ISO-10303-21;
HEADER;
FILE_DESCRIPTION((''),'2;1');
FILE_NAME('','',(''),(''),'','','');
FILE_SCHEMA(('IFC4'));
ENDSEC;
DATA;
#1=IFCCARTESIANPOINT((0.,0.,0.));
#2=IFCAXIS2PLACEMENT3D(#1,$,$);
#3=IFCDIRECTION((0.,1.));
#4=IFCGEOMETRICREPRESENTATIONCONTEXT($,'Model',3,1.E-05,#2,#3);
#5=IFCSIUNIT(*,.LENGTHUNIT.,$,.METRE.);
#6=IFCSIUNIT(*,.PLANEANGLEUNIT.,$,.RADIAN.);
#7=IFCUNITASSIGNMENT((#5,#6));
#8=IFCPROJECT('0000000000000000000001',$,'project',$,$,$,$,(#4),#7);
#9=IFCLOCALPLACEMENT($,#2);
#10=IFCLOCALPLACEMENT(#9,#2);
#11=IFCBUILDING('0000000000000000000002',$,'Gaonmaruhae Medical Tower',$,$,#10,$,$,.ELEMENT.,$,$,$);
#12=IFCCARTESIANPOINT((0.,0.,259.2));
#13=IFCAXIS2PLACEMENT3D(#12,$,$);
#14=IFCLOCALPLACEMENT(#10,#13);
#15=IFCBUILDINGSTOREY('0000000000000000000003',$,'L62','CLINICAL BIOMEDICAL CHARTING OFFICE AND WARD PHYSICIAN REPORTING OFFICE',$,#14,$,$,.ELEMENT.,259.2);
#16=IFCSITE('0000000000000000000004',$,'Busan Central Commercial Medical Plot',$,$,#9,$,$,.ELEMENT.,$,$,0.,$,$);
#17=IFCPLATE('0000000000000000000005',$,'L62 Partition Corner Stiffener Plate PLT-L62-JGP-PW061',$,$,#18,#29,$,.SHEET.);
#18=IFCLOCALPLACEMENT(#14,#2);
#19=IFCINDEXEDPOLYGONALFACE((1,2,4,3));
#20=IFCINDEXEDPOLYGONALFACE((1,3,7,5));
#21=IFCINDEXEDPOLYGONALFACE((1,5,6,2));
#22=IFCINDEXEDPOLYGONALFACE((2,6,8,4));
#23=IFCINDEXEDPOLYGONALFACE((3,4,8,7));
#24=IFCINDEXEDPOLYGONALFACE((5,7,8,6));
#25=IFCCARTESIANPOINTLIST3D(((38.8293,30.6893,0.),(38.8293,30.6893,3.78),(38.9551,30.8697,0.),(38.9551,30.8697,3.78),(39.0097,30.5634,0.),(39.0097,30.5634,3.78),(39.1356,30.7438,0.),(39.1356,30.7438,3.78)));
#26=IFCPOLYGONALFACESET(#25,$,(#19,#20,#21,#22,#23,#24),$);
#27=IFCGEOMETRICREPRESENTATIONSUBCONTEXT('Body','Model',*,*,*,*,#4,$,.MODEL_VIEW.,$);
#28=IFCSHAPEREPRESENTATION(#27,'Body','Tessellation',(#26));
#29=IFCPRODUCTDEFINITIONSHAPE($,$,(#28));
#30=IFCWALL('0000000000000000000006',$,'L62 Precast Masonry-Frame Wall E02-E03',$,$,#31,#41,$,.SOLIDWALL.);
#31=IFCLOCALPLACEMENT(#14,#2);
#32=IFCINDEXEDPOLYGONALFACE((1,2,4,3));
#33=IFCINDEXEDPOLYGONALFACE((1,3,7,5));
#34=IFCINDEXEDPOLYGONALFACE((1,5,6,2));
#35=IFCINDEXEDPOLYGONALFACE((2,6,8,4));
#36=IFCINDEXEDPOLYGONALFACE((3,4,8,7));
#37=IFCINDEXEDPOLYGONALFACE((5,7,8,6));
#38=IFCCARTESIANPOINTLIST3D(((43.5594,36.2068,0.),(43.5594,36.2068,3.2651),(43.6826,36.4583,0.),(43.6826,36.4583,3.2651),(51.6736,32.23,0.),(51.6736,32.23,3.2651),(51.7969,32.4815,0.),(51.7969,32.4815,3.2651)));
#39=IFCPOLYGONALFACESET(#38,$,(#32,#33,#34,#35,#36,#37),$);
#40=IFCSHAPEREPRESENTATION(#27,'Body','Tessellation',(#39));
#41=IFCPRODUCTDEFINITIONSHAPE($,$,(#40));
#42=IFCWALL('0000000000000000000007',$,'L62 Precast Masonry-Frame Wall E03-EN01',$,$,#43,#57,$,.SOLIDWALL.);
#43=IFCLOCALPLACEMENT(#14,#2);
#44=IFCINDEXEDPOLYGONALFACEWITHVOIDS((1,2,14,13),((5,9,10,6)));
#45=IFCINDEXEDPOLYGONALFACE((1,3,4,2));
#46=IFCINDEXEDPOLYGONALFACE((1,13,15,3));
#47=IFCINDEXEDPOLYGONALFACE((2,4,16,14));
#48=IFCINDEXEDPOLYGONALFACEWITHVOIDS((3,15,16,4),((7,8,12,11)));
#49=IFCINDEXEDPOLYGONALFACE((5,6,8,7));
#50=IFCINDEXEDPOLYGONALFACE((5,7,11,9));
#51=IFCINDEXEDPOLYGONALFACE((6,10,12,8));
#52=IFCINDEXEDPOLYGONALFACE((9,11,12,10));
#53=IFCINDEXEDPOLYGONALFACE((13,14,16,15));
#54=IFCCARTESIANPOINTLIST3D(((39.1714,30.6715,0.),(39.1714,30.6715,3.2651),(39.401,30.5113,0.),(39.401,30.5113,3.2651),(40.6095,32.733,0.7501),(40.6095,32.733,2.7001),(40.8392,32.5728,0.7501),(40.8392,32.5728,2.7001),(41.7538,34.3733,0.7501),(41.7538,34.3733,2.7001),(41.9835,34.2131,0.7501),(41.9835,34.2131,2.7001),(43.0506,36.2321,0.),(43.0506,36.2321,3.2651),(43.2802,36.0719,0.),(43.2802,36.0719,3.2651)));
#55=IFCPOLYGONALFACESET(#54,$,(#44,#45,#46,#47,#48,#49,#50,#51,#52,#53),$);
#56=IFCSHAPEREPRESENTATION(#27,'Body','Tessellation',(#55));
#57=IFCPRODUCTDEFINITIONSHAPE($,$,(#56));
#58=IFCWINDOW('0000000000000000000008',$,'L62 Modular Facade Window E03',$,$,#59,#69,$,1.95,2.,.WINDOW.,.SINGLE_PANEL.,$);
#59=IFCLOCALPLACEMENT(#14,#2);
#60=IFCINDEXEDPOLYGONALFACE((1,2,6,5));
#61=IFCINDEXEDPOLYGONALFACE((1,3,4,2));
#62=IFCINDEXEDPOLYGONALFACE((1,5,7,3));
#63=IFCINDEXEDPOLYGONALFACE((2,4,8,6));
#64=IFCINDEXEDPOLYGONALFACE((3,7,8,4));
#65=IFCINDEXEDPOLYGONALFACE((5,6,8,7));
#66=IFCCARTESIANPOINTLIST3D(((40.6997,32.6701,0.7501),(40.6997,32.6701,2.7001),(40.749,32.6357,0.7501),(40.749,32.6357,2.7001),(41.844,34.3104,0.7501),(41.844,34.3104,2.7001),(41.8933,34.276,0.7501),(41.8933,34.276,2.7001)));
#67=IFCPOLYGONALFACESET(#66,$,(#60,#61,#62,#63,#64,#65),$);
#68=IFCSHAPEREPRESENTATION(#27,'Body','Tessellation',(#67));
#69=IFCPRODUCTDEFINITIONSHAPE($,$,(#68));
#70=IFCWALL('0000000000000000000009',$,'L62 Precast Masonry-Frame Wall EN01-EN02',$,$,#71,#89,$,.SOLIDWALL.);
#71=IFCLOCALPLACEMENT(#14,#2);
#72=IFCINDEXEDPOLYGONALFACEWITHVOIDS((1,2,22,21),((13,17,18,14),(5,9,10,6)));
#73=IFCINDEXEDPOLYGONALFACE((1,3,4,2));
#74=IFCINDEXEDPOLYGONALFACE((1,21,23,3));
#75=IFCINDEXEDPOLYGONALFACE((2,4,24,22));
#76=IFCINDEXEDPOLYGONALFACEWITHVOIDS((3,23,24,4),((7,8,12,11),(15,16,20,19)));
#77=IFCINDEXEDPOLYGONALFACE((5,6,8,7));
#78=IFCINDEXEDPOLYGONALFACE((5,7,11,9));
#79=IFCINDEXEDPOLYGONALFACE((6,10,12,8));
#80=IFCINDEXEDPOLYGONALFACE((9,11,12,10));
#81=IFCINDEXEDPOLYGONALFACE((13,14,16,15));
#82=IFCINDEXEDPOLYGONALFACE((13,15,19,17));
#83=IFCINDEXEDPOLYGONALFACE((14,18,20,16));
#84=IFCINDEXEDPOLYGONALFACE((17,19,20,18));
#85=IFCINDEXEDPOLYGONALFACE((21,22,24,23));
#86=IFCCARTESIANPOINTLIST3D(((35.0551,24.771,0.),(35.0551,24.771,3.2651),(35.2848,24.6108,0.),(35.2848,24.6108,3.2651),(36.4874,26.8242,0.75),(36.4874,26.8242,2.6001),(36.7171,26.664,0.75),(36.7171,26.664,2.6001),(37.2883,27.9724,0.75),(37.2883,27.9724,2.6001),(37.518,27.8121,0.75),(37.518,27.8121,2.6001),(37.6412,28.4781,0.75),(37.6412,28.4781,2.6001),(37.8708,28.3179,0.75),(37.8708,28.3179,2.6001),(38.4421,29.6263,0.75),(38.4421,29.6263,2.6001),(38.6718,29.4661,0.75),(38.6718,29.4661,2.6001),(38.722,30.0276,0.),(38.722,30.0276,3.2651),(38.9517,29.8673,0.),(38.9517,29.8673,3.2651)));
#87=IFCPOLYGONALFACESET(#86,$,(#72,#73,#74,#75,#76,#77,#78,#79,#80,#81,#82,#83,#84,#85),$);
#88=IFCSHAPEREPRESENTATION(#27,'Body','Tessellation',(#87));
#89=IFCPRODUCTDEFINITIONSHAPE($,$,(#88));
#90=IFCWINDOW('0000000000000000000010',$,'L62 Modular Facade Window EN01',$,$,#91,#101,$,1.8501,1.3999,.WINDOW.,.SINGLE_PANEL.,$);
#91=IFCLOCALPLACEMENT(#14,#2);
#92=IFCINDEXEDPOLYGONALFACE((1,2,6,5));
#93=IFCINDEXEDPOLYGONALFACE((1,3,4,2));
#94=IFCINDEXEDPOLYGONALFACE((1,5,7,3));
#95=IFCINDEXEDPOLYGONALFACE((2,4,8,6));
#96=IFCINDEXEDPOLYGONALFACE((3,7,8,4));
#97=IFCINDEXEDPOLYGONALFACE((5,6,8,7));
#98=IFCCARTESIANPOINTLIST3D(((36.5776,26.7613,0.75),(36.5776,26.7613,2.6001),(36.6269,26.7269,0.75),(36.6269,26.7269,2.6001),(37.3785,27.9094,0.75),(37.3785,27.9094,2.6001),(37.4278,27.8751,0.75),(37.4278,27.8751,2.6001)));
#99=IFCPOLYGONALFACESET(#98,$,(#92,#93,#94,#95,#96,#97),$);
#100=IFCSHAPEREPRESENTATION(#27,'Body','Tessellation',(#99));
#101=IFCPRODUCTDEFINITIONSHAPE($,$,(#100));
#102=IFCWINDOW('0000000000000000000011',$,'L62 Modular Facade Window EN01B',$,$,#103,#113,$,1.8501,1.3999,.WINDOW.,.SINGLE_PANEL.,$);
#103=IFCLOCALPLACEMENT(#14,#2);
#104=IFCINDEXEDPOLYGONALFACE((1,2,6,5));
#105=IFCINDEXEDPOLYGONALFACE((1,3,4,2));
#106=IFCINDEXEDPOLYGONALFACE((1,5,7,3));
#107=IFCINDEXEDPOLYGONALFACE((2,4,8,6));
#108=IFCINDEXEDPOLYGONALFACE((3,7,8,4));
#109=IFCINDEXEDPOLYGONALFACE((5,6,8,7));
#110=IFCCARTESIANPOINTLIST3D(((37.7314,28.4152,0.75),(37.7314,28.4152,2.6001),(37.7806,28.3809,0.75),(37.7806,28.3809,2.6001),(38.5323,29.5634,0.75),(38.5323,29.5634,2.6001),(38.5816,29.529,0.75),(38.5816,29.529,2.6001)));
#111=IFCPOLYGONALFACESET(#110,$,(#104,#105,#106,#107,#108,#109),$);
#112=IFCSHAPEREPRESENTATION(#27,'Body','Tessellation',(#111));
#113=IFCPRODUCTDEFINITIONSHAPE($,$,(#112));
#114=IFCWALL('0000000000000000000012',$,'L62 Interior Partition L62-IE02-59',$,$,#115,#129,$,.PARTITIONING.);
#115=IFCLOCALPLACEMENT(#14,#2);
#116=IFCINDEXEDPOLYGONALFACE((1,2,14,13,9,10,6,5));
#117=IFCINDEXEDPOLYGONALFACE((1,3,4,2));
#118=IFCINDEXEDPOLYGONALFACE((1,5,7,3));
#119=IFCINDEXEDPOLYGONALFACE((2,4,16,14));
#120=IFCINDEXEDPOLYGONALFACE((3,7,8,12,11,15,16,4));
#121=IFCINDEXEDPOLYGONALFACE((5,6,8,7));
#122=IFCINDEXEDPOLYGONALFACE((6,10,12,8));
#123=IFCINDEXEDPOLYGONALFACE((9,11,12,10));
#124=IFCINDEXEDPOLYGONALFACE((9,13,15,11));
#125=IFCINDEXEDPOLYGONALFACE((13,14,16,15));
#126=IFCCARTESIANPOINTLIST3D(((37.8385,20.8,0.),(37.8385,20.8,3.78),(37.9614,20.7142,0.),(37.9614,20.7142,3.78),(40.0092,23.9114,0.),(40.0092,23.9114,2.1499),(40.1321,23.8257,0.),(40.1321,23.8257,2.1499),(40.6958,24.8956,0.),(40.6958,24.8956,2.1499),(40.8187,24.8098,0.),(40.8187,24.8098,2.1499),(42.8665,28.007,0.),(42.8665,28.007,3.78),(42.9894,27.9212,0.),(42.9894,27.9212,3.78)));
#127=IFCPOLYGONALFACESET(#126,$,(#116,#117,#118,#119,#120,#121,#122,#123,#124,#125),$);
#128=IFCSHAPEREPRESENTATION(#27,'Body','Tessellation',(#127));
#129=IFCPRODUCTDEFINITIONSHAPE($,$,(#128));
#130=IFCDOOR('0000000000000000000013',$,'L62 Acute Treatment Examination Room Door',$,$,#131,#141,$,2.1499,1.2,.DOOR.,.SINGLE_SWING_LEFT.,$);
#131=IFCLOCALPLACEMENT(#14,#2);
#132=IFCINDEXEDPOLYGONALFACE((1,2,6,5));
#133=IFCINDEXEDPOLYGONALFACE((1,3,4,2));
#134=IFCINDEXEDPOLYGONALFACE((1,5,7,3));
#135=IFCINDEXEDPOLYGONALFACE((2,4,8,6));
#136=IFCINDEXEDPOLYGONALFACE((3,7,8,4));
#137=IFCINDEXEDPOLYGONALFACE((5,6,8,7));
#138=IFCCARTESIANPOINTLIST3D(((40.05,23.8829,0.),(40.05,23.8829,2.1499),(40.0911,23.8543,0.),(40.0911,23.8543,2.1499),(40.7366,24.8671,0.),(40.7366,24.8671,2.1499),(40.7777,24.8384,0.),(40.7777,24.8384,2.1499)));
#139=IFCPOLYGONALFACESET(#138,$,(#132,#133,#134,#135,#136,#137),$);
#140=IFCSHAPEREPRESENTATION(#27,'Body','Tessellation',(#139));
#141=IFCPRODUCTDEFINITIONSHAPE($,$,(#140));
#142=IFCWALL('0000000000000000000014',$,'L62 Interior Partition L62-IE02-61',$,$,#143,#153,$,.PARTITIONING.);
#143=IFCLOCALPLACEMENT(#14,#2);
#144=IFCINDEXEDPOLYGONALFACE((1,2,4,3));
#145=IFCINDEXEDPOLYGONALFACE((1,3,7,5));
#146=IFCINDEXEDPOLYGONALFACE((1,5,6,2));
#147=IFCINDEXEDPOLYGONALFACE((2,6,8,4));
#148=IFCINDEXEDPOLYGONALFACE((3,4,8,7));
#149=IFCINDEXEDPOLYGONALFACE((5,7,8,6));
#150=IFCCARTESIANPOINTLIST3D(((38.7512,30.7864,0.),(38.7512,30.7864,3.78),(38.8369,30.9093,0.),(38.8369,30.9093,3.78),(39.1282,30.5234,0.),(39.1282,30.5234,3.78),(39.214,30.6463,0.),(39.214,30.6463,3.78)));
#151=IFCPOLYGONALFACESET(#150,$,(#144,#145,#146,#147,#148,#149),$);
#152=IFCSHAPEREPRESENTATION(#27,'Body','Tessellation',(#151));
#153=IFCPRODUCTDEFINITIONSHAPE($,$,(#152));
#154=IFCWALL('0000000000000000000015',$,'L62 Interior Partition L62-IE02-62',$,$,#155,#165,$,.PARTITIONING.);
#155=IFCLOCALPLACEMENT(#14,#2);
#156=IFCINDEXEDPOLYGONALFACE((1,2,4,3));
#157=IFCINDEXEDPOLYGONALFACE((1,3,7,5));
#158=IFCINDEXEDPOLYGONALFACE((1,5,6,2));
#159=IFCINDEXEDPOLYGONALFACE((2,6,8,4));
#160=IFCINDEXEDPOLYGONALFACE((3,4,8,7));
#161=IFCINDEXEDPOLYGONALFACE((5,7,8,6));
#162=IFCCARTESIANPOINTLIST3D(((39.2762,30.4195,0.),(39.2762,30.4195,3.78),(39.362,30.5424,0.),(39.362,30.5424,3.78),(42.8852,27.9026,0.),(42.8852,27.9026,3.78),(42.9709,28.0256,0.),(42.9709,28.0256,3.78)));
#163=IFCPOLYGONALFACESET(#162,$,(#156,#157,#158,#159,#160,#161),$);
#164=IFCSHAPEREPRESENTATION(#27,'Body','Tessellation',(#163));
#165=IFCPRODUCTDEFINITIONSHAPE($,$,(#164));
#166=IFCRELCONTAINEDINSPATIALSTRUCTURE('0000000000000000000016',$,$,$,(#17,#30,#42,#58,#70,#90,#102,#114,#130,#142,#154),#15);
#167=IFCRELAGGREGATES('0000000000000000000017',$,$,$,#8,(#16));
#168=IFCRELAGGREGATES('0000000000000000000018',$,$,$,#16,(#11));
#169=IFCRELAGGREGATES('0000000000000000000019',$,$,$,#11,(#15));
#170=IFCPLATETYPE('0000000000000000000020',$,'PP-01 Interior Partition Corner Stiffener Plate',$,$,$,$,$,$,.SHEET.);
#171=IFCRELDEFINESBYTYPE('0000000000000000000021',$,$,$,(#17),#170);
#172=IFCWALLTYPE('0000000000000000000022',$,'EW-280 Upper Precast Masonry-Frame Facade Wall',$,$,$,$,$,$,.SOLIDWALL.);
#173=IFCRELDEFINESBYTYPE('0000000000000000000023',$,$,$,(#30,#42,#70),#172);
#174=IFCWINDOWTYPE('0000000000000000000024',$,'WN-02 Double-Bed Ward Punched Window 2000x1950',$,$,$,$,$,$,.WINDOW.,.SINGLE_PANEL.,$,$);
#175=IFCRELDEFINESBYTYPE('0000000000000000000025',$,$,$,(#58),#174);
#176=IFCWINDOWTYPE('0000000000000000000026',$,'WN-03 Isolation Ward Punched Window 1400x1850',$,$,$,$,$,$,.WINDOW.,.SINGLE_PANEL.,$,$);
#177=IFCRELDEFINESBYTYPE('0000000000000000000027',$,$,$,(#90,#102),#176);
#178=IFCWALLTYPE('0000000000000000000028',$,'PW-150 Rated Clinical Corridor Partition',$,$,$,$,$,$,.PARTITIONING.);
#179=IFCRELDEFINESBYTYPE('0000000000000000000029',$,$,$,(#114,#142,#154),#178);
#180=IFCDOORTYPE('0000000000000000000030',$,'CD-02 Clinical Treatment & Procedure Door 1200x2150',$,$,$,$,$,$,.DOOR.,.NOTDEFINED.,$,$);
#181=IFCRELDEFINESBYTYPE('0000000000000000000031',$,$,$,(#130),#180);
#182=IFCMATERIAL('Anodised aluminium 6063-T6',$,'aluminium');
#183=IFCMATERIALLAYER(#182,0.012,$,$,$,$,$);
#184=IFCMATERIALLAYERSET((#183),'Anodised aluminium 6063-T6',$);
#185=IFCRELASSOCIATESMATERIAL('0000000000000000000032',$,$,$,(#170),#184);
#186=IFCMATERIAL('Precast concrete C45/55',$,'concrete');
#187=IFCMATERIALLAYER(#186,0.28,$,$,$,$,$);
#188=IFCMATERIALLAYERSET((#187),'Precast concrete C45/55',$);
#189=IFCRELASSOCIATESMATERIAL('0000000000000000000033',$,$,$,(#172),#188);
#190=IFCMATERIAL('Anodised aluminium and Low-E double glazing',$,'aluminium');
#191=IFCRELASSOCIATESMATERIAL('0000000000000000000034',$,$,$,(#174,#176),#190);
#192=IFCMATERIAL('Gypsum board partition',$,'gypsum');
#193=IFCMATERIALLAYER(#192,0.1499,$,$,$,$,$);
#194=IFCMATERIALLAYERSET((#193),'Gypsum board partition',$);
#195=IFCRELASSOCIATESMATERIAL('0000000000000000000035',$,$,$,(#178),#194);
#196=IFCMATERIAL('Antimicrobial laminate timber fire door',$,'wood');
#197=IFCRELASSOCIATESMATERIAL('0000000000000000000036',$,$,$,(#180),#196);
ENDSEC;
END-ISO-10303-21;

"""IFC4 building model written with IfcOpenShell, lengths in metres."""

from ifc_helpers import new_model, si_unit, direction, frame, frame_2d, origin, origin_2d, place, context, subcontext, project, spatial, rectangle, extrude, material, layer, layer_set, type_object, element, fill, save


model = new_model("IFC4")

# Units and contexts
model_context = context("Model", 3, precision=1e-05, world=origin(), true_north=direction((0.0, 1.0)))
body_context = subcontext(model_context, "Body", "Model", "MODEL_VIEW")
ifc_project = project(units=[si_unit("LENGTHUNIT", "METRE"), si_unit("PLANEANGLEUNIT", "RADIAN")], contexts=[model_context])

# Site, building, storey
site_placement = place(None, origin())
site = spatial("IfcSite", under=ifc_project, at=site_placement, Name="Busan Central Commercial Medical Plot", CompositionType="ELEMENT", RefElevation=0.0)
building_placement = place(site_placement, origin())
building = spatial("IfcBuilding", under=site, at=building_placement, Name="Gaonmaruhae Medical Tower", CompositionType="ELEMENT")
storey_placement = place(building_placement, frame((0.0, 0.0, 259.2)))
storey = spatial("IfcBuildingStorey", under=building, at=storey_placement, Name="L62", Description="CLINICAL BIOMEDICAL CHARTING OFFICE AND WARD PHYSICIAN REPORTING OFFICE", CompositionType="ELEMENT", Elevation=259.2)

# Plate
ifc_material_1 = material(Name="Anodised aluminium 6063-T6", Category="aluminium")
ifc_layer_1 = layer(ifc_material_1, 0.012)
ifc_layer_set_1 = layer_set([ifc_layer_1], Name="Anodised aluminium 6063-T6")
plate_type = type_object("IfcPlateType", Name="PP-01 Interior Partition Corner Stiffener Plate", PredefinedType="SHEET", material=ifc_layer_set_1)
plate_placement = place(storey_placement, frame((38.9824, 30.7166, 0.0), z_axis=(0.0, 0.0, 1.0), x_axis=(0.820152, -0.572146, 0.0)))
element("IfcPlate", 1, at=plate_placement, inside=storey, type_object=plate_type, Name="L62 Partition Corner Stiffener Plate PLT-L62-JGP-PW061", PredefinedType="SHEET", context=body_context, shape_type="SweptSolid", body=[
    extrude(rectangle(XDim=0.22, YDim=0.22, at=origin_2d()), origin(), (0.0, 0.0, 1.0), 3.78),
])

# Wall
ifc_material_2 = material(Name="Precast concrete C45/55", Category="concrete")
ifc_layer_2 = layer(ifc_material_2, 0.28)
ifc_layer_set_2 = layer_set([ifc_layer_2], Name="Precast concrete C45/55")
wall_type_1 = type_object("IfcWallType", Name="EW-280 Upper Precast Masonry-Frame Facade Wall", PredefinedType="SOLIDWALL", material=ifc_layer_set_2)
wall_1_placement = place(storey_placement, frame((43.6211, 36.3325, 0.0), z_axis=(0.0, 0.0, 1.0), x_axis=(0.897954, -0.440088, 0.0)))
element("IfcWall", 2, at=wall_1_placement, inside=storey, type_object=wall_type_1, Name="L62 Precast Masonry-Frame Wall E02-E03", PredefinedType="SOLIDWALL", context=body_context, shape_type="SweptSolid", body=[
    extrude(rectangle(XDim=9.0364, YDim=0.28, at=frame_2d((4.5181, 0.0))), origin(), (0.0, 0.0, 1.0), 3.2651),
])

# Wall, opening, window
wall_2_placement = place(storey_placement, frame((39.2861, 30.5913, 0.0), z_axis=(0.0, 0.0, 1.0), x_axis=(0.572152, 0.820148, 0.0)))
wall_2 = element("IfcWall", 3, at=wall_2_placement, inside=storey, type_object=wall_type_1, Name="L62 Precast Masonry-Frame Wall E03-EN01", PredefinedType="SOLIDWALL", context=body_context, shape_type="SweptSolid", body=[
    extrude(rectangle(XDim=6.78, YDim=0.28, at=frame_2d((3.3901, 0.0))), origin(), (0.0, 0.0, 1.0), 3.2651),
])
opening_1_placement = place(wall_2_placement, frame((2.5137, 0.0, 0.75)))
opening_1 = element("IfcOpeningElement", 4, at=opening_1_placement, cuts=wall_2, PredefinedType="OPENING", context=body_context, shape_type="SweptSolid", body=[
    extrude(rectangle(XDim=2.0, YDim=1.95, at=frame_2d((1.0, 0.9751))), frame((0.0, 0.1499, 0.0), z_axis=(0.0, -1.0, 0.0), x_axis=(1.0, 0.0, 0.0)), (0.0, 0.0, 1.0), 0.3),
])
ifc_material_3 = material(Name="Anodised aluminium and Low-E double glazing", Category="aluminium")
window_type_1 = type_object("IfcWindowType", Name="WN-02 Double-Bed Ward Punched Window 2000x1950", PartitioningType="SINGLE_PANEL", PredefinedType="WINDOW", material=ifc_material_3)
window_1_placement = place(opening_1_placement, origin())
window_1 = element("IfcWindow", 5, at=window_1_placement, inside=storey, type_object=window_type_1, Name="L62 Modular Facade Window E03", OverallHeight=1.95, OverallWidth=2.0, PartitioningType="SINGLE_PANEL", PredefinedType="WINDOW", context=body_context, shape_type="SweptSolid", body=[
    extrude(rectangle(XDim=2.0, YDim=1.95, at=frame_2d((1.0, 0.9751))), frame((0.0, 0.03, 0.0), z_axis=(0.0, -1.0, 0.0), x_axis=(1.0, 0.0, 0.0)), (0.0, 0.0, 1.0), 0.0601),
])
fill(opening_1, window_1)

# Wall, openings, windows
wall_3_placement = place(storey_placement, frame((35.1699, 24.6909, 0.0), z_axis=(0.0, 0.0, 1.0), x_axis=(0.57214, 0.820156, 0.0)))
wall_3 = element("IfcWall", 6, at=wall_3_placement, inside=storey, type_object=wall_type_1, Name="L62 Precast Masonry-Frame Wall EN01-EN02", PredefinedType="SOLIDWALL", context=body_context, shape_type="SweptSolid", body=[
    extrude(rectangle(XDim=6.4092, YDim=0.28, at=frame_2d((3.2046, 0.0))), origin(), (0.0, 0.0, 1.0), 3.2651),
])
opening_2_placement = place(wall_3_placement, frame((2.5034, 0.0, 0.75)))
opening_2 = element("IfcOpeningElement", 7, at=opening_2_placement, cuts=wall_3, PredefinedType="OPENING", context=body_context, shape_type="SweptSolid", body=[
    extrude(rectangle(XDim=1.3999, YDim=1.8501, at=frame_2d((0.7, 0.925))), frame((0.0, 0.1499, 0.0), z_axis=(0.0, -1.0, 0.0), x_axis=(1.0, 0.0, 0.0)), (0.0, 0.0, 1.0), 0.3),
])
opening_3_placement = place(wall_3_placement, frame((4.52, 0.0, 0.75)))
opening_3 = element("IfcOpeningElement", 8, at=opening_3_placement, cuts=wall_3, PredefinedType="OPENING", context=body_context, shape_type="SweptSolid", body=[
    extrude(rectangle(XDim=1.3999, YDim=1.8501, at=frame_2d((0.7, 0.925))), frame((0.0, 0.1499, 0.0), z_axis=(0.0, -1.0, 0.0), x_axis=(1.0, 0.0, 0.0)), (0.0, 0.0, 1.0), 0.3),
])
window_type_2 = type_object("IfcWindowType", Name="WN-03 Isolation Ward Punched Window 1400x1850", PartitioningType="SINGLE_PANEL", PredefinedType="WINDOW", material=ifc_material_3)
window_2_placement = place(opening_2_placement, origin())
window_2 = element("IfcWindow", 9, at=window_2_placement, inside=storey, type_object=window_type_2, Name="L62 Modular Facade Window EN01", OverallHeight=1.8501, OverallWidth=1.3999, PartitioningType="SINGLE_PANEL", PredefinedType="WINDOW", context=body_context, shape_type="SweptSolid", body=[
    extrude(rectangle(XDim=1.3999, YDim=1.8501, at=frame_2d((0.7, 0.925))), frame((0.0, 0.03, 0.0), z_axis=(0.0, -1.0, 0.0), x_axis=(1.0, 0.0, 0.0)), (0.0, 0.0, 1.0), 0.0601),
])
fill(opening_2, window_2)
window_3_placement = place(opening_3_placement, origin())
window_3 = element("IfcWindow", 10, at=window_3_placement, inside=storey, type_object=window_type_2, Name="L62 Modular Facade Window EN01B", OverallHeight=1.8501, OverallWidth=1.3999, PartitioningType="SINGLE_PANEL", PredefinedType="WINDOW", context=body_context, shape_type="SweptSolid", body=[
    extrude(rectangle(XDim=1.3999, YDim=1.8501, at=frame_2d((0.7, 0.925))), frame((0.0, 0.03, 0.0), z_axis=(0.0, -1.0, 0.0), x_axis=(1.0, 0.0, 0.0)), (0.0, 0.0, 1.0), 0.0601),
])
fill(opening_3, window_3)

# Wall, opening, door
ifc_material_4 = material(Name="Gypsum board partition", Category="gypsum")
ifc_layer_3 = layer(ifc_material_4, 0.1499)
ifc_layer_set_3 = layer_set([ifc_layer_3], Name="Gypsum board partition")
wall_type_2 = type_object("IfcWallType", Name="PW-150 Rated Clinical Corridor Partition", PredefinedType="PARTITIONING", material=ifc_layer_set_3)
wall_4_placement = place(storey_placement, frame((42.928, 27.9641, 0.0), z_axis=(0.0, 0.0, 1.0), x_axis=(-0.572175, -0.820132, 0.0)))
wall_4 = element("IfcWall", 11, at=wall_4_placement, inside=storey, type_object=wall_type_2, Name="L62 Interior Partition L62-IE02-59", PredefinedType="PARTITIONING", context=body_context, shape_type="SweptSolid", body=[
    extrude(rectangle(XDim=8.7876, YDim=0.1499, at=frame_2d((4.3938, 0.0))), origin(), (0.0, 0.0, 1.0), 3.78),
])
opening_4_placement = place(wall_4_placement, frame((3.7937, 0.0, 0.0)))
opening_4 = element("IfcOpeningElement", 12, at=opening_4_placement, cuts=wall_4, PredefinedType="OPENING", context=body_context, shape_type="SweptSolid", body=[
    extrude(rectangle(XDim=1.2, YDim=2.1499, at=frame_2d((0.6001, 1.075))), frame((0.0, 0.085, 0.0), z_axis=(0.0, -1.0, 0.0), x_axis=(1.0, 0.0, 0.0)), (0.0, 0.0, 1.0), 0.1699),
])
ifc_material_5 = material(Name="Antimicrobial laminate timber fire door", Category="wood")
door_type = type_object("IfcDoorType", Name="CD-02 Clinical Treatment & Procedure Door 1200x2150", OperationType="NOTDEFINED", PredefinedType="DOOR", material=ifc_material_5)
door_placement = place(opening_4_placement, origin())
door = element("IfcDoor", 13, at=door_placement, inside=storey, type_object=door_type, Name="L62 Acute Treatment Examination Room Door", OperationType="SINGLE_SWING_LEFT", OverallHeight=2.1499, OverallWidth=1.2, PredefinedType="DOOR", context=body_context, shape_type="SweptSolid", body=[
    extrude(rectangle(XDim=1.2, YDim=2.1499, at=frame_2d((0.6001, 1.075))), frame((0.0, 0.0249, 0.0), z_axis=(0.0, -1.0, 0.0), x_axis=(1.0, 0.0, 0.0)), (0.0, 0.0, 1.0), 0.05),
])
fill(opening_4, door)

# Walls
wall_5_placement = place(storey_placement, frame((38.7939, 30.8479, 0.0), z_axis=(0.0, 0.0, 1.0), x_axis=(0.820179, -0.572107, 0.0)))
element("IfcWall", 14, at=wall_5_placement, inside=storey, type_object=wall_type_2, Name="L62 Interior Partition L62-IE02-61", PredefinedType="PARTITIONING", context=body_context, shape_type="SweptSolid", body=[
    extrude(rectangle(XDim=0.4597, YDim=0.1499, at=frame_2d((0.23, 0.0))), origin(), (0.0, 0.0, 1.0), 3.78),
])
wall_6_placement = place(storey_placement, frame((39.3191, 30.481, 0.0), z_axis=(0.0, 0.0, 1.0), x_axis=(0.820232, -0.572031, 0.0)))
element("IfcWall", 15, at=wall_6_placement, inside=storey, type_object=wall_type_2, Name="L62 Interior Partition L62-IE02-62", PredefinedType="PARTITIONING", context=body_context, shape_type="SweptSolid", body=[
    extrude(rectangle(XDim=4.3999, YDim=0.1499, at=frame_2d((2.2, 0.0))), origin(), (0.0, 0.0, 1.0), 3.78),
])

save(model, "model.ifc")
